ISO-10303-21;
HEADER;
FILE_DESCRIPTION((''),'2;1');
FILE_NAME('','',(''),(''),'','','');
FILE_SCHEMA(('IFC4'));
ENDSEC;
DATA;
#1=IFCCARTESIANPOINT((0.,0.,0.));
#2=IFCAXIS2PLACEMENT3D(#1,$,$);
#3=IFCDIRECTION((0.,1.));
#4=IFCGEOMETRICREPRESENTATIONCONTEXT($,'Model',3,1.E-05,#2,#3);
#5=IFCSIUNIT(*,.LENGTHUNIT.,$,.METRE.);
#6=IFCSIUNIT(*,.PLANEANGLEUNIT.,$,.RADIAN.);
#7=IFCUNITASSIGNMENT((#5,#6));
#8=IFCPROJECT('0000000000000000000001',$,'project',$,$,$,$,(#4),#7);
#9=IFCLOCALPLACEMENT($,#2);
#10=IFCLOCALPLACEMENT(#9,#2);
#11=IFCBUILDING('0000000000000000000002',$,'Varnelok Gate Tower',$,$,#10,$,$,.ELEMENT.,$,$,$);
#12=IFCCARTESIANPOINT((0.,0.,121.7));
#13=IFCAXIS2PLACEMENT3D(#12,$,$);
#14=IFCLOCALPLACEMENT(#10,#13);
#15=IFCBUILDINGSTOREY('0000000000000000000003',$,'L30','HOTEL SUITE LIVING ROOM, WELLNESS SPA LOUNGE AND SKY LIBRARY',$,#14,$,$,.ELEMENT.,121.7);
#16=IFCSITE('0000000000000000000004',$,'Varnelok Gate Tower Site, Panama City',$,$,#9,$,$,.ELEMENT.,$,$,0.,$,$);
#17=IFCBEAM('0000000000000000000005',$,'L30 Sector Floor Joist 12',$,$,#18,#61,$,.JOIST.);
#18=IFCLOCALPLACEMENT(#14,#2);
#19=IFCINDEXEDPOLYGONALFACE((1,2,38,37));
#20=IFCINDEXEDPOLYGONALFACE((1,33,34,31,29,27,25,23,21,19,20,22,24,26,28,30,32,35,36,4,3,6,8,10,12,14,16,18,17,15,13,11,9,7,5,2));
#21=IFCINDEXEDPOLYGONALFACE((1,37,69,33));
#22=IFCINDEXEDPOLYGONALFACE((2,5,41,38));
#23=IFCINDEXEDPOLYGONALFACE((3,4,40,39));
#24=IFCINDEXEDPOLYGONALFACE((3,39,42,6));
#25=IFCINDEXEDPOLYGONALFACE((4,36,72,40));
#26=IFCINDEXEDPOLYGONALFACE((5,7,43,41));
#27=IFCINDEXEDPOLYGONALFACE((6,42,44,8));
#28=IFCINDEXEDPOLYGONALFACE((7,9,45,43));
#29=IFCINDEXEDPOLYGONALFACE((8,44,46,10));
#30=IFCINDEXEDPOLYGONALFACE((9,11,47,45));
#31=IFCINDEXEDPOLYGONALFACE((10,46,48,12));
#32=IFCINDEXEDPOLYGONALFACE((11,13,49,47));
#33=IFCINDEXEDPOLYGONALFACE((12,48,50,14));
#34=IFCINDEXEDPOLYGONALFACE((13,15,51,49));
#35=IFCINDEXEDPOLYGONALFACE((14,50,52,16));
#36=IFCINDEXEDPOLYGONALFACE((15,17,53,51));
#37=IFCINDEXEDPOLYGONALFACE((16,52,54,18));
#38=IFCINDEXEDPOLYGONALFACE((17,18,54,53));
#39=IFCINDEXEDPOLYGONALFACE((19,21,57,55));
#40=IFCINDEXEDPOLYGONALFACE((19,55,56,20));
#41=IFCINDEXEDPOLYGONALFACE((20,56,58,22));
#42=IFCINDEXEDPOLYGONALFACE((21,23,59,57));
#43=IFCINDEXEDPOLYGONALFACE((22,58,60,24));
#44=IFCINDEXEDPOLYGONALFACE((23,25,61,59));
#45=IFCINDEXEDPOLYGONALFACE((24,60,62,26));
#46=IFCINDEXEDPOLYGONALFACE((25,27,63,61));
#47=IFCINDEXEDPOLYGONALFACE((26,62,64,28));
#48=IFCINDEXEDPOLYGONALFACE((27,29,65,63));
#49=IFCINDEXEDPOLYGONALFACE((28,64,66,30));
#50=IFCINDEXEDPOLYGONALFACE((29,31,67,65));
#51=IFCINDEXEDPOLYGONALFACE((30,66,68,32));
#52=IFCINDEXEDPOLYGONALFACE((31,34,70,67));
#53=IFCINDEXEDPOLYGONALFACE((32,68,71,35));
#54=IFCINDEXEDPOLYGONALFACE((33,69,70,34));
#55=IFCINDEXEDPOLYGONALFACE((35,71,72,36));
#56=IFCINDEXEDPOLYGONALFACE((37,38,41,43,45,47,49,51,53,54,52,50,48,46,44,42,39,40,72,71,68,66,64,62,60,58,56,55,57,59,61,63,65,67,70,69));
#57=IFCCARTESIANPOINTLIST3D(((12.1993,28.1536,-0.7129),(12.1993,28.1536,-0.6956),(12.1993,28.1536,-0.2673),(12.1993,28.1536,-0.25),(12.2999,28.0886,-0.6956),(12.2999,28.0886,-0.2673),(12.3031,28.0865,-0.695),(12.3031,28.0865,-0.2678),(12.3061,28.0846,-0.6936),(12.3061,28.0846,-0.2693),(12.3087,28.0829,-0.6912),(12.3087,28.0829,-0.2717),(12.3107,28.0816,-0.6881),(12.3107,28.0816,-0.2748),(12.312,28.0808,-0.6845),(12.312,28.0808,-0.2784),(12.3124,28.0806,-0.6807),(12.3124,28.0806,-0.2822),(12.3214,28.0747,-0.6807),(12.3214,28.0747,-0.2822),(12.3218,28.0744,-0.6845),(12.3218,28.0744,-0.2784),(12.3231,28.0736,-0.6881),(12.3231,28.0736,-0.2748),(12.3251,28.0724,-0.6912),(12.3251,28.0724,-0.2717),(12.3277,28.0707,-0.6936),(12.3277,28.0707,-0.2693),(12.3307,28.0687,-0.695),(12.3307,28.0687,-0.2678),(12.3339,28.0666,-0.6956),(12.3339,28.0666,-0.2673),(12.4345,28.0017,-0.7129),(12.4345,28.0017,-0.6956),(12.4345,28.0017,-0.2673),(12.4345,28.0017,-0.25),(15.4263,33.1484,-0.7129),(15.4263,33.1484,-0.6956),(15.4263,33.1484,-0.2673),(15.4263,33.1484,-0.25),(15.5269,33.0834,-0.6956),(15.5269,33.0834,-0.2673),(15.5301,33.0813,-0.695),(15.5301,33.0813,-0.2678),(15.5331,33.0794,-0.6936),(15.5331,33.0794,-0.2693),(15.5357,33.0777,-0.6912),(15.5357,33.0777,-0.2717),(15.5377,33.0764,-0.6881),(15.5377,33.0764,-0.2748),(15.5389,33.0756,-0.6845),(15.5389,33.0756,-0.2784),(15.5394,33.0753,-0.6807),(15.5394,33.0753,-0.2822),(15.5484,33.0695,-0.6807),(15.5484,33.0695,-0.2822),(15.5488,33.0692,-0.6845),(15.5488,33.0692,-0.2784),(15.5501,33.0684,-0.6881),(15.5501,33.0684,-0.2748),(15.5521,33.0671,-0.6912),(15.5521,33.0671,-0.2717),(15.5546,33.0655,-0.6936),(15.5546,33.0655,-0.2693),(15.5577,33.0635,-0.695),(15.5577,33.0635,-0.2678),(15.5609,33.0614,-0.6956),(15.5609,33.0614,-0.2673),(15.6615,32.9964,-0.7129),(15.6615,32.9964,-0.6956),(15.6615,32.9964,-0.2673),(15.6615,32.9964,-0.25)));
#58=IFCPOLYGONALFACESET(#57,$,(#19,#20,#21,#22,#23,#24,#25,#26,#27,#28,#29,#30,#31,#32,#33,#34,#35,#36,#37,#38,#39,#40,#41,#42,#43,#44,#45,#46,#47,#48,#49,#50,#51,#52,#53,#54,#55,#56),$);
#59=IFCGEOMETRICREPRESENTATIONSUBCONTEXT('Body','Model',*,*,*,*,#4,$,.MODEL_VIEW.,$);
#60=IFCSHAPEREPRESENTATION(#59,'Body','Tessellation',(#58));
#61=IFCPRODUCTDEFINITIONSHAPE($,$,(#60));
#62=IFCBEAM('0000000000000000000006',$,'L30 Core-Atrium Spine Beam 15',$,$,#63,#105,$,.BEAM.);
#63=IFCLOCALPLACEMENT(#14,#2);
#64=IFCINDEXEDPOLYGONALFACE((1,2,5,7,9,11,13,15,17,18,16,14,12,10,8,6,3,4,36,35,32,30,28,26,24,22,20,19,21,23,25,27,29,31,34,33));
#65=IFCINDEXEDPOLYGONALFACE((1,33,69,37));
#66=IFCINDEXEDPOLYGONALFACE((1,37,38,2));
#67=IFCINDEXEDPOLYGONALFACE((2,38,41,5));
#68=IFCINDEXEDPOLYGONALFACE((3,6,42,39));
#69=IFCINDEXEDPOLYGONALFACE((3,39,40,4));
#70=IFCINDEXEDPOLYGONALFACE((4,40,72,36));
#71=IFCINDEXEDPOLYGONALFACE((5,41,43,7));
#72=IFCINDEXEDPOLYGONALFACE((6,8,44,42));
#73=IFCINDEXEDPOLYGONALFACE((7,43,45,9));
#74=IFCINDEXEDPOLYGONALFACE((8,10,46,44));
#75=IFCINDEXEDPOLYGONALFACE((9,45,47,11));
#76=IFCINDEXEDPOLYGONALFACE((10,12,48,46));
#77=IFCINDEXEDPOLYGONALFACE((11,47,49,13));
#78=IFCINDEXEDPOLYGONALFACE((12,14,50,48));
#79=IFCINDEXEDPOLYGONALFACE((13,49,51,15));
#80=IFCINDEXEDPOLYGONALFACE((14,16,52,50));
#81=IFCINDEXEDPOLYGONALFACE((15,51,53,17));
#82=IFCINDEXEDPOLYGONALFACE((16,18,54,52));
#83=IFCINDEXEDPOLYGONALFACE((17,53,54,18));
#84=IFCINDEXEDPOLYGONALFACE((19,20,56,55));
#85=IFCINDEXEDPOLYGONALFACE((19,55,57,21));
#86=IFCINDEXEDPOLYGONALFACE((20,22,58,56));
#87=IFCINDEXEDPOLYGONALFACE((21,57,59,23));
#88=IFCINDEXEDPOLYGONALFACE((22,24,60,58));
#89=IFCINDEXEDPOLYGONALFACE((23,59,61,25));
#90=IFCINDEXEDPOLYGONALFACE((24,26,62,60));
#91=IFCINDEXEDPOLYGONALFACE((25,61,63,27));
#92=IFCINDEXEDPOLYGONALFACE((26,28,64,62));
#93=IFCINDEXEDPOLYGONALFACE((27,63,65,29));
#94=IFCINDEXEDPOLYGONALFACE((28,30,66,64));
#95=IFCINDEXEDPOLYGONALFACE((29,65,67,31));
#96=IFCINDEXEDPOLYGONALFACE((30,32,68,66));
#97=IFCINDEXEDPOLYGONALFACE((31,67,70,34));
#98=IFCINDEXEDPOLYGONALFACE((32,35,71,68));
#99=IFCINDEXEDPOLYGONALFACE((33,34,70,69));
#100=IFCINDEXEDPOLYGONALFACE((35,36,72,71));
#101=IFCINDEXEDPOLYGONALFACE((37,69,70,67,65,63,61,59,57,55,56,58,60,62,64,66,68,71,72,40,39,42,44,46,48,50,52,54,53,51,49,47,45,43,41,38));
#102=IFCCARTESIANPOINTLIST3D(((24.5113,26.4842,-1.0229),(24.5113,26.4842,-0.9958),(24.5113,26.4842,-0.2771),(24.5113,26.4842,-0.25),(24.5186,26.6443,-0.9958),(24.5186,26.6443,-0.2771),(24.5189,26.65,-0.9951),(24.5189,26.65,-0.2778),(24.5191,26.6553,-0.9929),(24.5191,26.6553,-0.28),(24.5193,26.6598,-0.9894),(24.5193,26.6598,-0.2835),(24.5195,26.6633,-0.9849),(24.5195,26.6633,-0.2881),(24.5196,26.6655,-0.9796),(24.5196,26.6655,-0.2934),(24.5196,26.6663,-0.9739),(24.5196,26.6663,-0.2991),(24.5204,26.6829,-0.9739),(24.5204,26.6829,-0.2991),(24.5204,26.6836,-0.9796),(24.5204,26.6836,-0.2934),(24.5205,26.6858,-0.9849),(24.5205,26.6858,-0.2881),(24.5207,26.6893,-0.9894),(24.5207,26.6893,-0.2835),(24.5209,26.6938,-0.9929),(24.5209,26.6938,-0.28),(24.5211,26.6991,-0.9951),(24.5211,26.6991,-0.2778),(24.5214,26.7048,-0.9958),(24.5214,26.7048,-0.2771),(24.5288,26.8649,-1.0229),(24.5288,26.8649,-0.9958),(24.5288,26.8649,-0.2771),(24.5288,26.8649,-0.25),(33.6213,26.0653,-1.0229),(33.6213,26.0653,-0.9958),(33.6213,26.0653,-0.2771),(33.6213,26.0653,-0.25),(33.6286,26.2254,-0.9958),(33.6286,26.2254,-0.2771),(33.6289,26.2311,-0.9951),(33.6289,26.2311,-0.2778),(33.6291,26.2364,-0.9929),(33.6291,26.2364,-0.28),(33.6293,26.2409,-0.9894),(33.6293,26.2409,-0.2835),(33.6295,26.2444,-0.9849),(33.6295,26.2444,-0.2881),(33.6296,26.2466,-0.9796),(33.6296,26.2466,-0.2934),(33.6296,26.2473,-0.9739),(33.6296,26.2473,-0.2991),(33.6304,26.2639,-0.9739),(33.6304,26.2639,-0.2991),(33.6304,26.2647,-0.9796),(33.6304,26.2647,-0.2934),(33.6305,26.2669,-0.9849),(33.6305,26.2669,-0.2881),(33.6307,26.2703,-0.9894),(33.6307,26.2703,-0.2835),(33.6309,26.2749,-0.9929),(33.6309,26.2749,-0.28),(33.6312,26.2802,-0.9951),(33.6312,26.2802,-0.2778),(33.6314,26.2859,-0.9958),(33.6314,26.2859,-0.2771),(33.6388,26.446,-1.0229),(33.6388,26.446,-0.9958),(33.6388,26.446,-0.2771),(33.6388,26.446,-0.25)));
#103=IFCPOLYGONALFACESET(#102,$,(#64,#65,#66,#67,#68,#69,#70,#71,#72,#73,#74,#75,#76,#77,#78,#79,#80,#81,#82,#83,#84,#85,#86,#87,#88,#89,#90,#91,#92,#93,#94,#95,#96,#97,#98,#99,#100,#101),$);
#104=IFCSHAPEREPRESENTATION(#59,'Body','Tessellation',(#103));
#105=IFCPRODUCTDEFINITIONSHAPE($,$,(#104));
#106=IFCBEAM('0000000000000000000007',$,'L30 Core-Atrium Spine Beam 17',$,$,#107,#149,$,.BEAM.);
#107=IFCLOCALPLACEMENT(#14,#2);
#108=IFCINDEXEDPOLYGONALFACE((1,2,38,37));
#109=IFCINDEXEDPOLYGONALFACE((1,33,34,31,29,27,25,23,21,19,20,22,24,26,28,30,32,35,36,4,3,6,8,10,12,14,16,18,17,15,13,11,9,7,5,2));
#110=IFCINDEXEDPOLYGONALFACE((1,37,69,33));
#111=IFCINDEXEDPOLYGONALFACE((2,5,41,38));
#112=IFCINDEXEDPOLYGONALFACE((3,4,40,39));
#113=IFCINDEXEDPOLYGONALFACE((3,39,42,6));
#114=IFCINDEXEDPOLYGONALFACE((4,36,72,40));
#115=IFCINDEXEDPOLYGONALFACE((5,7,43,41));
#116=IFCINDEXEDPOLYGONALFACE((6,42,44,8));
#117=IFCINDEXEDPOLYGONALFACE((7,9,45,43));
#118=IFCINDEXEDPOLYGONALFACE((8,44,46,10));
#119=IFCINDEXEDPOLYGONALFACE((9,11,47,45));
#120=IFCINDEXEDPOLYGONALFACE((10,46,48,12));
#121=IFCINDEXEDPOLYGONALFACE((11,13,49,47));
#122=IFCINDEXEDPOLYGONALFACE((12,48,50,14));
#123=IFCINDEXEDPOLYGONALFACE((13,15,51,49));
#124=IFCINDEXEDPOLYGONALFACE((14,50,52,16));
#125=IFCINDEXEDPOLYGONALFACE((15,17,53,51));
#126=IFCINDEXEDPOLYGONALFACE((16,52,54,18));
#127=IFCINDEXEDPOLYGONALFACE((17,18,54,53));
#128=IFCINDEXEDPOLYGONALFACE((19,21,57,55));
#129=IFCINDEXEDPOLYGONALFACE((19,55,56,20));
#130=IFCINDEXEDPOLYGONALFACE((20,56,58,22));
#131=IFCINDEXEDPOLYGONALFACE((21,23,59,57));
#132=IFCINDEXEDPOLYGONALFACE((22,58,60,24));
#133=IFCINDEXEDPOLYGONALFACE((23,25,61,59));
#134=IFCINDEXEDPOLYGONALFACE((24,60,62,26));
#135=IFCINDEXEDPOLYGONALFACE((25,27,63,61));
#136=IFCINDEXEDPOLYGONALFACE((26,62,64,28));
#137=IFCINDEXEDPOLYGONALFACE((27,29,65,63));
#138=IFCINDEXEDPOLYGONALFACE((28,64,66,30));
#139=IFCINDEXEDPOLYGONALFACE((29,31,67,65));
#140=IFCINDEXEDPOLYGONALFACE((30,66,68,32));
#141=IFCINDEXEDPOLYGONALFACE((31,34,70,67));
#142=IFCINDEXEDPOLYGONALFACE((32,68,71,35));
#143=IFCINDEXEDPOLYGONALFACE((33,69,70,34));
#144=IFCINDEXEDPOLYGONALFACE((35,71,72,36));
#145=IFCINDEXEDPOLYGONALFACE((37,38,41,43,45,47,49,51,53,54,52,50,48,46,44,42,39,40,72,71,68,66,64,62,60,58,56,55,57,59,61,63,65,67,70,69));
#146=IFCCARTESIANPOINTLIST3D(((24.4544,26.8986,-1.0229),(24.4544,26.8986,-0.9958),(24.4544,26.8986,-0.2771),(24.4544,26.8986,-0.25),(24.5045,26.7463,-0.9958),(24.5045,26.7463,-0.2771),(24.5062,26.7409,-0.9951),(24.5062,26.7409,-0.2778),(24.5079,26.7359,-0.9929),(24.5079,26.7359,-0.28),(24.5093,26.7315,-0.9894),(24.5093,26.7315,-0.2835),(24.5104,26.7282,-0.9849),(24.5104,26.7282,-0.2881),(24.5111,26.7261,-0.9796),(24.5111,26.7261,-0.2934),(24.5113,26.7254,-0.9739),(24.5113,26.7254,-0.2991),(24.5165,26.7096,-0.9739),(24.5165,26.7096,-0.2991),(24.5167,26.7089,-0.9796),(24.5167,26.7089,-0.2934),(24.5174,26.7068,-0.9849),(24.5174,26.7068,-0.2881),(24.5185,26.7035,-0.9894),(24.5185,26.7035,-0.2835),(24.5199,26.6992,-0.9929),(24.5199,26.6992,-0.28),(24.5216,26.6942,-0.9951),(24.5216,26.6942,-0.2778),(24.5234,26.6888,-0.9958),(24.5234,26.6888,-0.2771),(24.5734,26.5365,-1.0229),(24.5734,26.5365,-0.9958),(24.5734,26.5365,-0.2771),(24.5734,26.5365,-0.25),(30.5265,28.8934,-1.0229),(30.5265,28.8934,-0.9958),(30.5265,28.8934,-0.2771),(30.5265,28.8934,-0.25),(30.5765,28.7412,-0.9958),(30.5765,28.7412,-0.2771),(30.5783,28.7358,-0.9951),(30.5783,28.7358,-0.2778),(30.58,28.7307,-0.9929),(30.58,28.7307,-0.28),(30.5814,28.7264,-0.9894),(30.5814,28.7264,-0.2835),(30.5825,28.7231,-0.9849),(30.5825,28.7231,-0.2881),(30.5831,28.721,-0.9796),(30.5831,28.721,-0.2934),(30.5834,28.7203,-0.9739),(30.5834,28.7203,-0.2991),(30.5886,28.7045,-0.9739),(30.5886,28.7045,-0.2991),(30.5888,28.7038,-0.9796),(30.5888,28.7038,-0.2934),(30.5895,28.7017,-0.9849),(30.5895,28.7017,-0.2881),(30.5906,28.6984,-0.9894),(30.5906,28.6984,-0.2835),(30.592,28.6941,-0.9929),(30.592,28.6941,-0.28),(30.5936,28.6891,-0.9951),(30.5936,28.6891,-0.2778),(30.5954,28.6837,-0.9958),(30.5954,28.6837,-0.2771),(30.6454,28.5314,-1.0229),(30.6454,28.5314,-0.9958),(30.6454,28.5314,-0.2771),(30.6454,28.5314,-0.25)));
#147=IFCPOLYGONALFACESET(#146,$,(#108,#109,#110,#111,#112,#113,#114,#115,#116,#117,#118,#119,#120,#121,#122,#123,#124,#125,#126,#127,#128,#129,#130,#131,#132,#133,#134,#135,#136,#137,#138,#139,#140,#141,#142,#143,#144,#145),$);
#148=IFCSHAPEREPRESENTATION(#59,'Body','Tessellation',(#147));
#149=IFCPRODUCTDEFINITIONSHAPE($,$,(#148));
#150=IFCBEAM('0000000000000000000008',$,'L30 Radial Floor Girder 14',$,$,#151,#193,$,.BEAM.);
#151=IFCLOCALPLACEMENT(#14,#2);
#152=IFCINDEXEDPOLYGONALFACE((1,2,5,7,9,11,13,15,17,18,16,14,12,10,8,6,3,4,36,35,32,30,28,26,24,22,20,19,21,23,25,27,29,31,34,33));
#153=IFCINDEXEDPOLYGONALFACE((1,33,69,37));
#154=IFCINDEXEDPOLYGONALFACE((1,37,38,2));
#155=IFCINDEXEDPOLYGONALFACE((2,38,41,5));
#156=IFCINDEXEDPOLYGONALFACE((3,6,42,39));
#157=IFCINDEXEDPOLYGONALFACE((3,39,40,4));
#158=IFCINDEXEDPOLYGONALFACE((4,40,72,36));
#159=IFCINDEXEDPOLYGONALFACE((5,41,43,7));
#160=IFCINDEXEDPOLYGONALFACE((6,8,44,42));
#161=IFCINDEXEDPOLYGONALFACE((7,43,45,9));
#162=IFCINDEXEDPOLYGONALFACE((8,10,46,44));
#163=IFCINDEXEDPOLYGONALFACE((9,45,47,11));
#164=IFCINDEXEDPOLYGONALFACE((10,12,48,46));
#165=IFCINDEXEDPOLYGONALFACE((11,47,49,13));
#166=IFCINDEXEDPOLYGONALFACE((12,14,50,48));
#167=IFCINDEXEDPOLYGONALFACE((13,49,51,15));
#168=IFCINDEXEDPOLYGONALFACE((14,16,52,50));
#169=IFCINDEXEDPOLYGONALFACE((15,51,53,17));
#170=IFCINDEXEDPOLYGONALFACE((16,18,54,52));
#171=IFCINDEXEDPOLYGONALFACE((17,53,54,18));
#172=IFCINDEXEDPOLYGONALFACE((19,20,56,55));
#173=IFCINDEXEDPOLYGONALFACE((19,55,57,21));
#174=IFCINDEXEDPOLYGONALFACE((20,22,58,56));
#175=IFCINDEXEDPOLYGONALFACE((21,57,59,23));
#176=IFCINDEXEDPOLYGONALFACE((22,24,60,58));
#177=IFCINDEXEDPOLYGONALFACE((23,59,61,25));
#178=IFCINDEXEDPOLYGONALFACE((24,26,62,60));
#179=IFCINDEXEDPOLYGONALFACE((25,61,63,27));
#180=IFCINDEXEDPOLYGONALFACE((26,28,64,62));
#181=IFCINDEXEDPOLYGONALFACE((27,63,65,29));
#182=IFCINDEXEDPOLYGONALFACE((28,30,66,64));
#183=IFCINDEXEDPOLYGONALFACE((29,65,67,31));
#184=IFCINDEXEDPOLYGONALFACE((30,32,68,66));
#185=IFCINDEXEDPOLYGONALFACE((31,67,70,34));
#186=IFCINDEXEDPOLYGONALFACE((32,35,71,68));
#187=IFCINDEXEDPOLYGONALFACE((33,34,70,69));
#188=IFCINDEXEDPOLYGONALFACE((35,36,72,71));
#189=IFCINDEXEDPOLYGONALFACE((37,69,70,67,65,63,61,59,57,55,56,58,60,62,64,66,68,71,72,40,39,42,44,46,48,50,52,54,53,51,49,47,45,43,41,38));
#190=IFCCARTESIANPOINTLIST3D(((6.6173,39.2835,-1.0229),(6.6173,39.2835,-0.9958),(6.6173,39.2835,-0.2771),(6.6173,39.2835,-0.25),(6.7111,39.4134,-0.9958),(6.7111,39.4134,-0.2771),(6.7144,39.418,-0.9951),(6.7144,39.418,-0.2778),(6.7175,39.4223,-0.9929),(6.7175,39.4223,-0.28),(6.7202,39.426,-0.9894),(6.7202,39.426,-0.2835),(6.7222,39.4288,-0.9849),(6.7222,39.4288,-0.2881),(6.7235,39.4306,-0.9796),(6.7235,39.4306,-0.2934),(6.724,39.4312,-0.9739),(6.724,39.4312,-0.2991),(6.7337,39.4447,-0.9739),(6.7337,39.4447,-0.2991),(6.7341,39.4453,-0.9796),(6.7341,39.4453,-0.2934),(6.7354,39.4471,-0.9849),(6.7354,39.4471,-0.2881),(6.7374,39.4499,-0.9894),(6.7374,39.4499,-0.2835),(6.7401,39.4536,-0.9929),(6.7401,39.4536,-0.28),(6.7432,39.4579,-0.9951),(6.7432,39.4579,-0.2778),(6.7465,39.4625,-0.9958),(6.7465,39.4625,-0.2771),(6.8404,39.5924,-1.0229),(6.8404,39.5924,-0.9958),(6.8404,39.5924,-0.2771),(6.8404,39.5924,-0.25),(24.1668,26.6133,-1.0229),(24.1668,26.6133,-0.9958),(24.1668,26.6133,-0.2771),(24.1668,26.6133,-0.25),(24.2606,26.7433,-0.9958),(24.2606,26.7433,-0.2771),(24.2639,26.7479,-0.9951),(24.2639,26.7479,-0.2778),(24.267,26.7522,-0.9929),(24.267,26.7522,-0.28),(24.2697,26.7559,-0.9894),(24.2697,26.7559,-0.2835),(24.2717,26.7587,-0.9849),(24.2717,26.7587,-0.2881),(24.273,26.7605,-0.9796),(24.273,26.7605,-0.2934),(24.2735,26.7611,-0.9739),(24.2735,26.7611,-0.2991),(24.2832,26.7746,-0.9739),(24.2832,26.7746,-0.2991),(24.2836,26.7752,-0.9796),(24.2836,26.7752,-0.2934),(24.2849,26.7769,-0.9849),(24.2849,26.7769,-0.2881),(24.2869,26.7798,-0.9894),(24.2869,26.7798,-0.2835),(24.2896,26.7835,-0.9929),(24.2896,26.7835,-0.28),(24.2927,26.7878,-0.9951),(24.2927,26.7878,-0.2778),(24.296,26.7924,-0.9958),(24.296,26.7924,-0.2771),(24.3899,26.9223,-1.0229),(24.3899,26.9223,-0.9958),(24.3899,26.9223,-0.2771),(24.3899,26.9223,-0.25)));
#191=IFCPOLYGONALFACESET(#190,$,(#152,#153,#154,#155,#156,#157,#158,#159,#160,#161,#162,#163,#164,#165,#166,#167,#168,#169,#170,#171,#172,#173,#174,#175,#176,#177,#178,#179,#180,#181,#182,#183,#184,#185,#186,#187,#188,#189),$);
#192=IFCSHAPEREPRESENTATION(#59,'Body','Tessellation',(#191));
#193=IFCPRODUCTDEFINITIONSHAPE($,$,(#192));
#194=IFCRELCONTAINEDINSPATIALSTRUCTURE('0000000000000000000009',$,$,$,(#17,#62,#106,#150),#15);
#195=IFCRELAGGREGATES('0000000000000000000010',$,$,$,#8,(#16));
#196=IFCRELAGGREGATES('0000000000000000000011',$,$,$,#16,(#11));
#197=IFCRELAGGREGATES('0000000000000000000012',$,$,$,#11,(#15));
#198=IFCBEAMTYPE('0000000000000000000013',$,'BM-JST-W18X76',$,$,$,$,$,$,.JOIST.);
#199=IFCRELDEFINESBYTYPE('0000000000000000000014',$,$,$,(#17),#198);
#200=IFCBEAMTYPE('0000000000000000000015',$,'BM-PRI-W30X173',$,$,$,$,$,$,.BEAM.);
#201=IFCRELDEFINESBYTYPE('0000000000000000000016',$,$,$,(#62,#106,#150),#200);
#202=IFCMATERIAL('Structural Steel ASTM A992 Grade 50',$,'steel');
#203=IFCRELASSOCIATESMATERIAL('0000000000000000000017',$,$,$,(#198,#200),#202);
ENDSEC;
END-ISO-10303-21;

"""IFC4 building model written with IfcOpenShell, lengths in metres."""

from ifc_helpers import new_model, si_unit, direction, frame, origin, origin_2d, place, context, subcontext, project, spatial, i_section, extrude, material, material_profile, profile_set, type_object, element, save


model = new_model("IFC4")

# Units and contexts
model_context = context("Model", 3, precision=1e-05, world=origin(), true_north=direction((0.0, 1.0)))
body_context = subcontext(model_context, "Body", "Model", "MODEL_VIEW")
ifc_project = project(units=[si_unit("LENGTHUNIT", "METRE"), si_unit("PLANEANGLEUNIT", "RADIAN")], contexts=[model_context])

# Site, building, storey
site_placement = place(None, origin())
site = spatial("IfcSite", under=ifc_project, at=site_placement, Name="Varnelok Gate Tower Site, Panama City", CompositionType="ELEMENT", RefElevation=0.0)
building_placement = place(site_placement, origin())
building = spatial("IfcBuilding", under=site, at=building_placement, Name="Varnelok Gate Tower", CompositionType="ELEMENT")
storey_placement = place(building_placement, frame((0.0, 0.0, 121.7)))
storey = spatial("IfcBuildingStorey", under=building, at=storey_placement, Name="L30", Description="HOTEL SUITE LIVING ROOM, WELLNESS SPA LOUNGE AND SKY LIBRARY", CompositionType="ELEMENT", Elevation=121.7)

# Shared definitions
ifc_material_1 = material(Name="Structural Steel ASTM A992 Grade 50", Category="steel")

# Beams
ifc_material_profile_1 = material_profile(ifc_material_1, i_section(OverallWidth=0.28, OverallDepth=0.4629, WebThickness=0.0107, FlangeThickness=0.0173, FilletRadius=0.0149, at=origin_2d()), Name="W18X76")
ifc_profile_set_1 = profile_set([ifc_material_profile_1], Name="Structural Steel ASTM A992 Grade 50")
beam_type_1 = type_object("IfcBeamType", Name="BM-JST-W18X76", PredefinedType="JOIST", material=ifc_profile_set_1)
beam_1_placement = place(storey_placement, frame((12.3169, 28.0776, -0.4814), z_axis=(0.542667, 0.839948, 0.0), x_axis=(-0.839948, 0.542667, 0.0)))
element("IfcBeam", 1, at=beam_1_placement, inside=storey, type_object=beam_type_1, Name="L30 Sector Floor Joist 12", PredefinedType="JOIST", context=body_context, shape_type="SweptSolid", body=[
    extrude(i_section(OverallWidth=0.28, OverallDepth=0.4629, WebThickness=0.0107, FlangeThickness=0.0173, FilletRadius=0.0149, at=origin_2d()), origin(), (0.0, 0.0, 1.0), 5.9465),
])
ifc_material_profile_2 = material_profile(ifc_material_1, i_section(OverallWidth=0.3811, OverallDepth=0.7729, WebThickness=0.0166, FlangeThickness=0.0271, FilletRadius=0.022, at=origin_2d()), Name="W30X173")
ifc_profile_set_2 = profile_set([ifc_material_profile_2], Name="Structural Steel ASTM A992 Grade 50")
beam_type_2 = type_object("IfcBeamType", Name="BM-PRI-W30X173", PredefinedType="BEAM", material=ifc_profile_set_2)
beam_2_placement = place(storey_placement, frame((24.52, 26.6746, -0.6365), z_axis=(0.998944, -0.045938, 0.0), x_axis=(0.045938, 0.998944, 0.0)))
element("IfcBeam", 2, at=beam_2_placement, inside=storey, type_object=beam_type_2, Name="L30 Core-Atrium Spine Beam 15", PredefinedType="BEAM", context=body_context, shape_type="SweptSolid", body=[
    extrude(i_section(OverallWidth=0.3811, OverallDepth=0.7729, WebThickness=0.0166, FlangeThickness=0.0271, FilletRadius=0.022, at=origin_2d()), origin(), (0.0, 0.0, 1.0), 9.1196),
])
beam_3_placement = place(storey_placement, frame((24.5139, 26.7175, -0.6365), z_axis=(0.950042, 0.312122, 0.0), x_axis=(-0.312122, 0.950042, 0.0)))
element("IfcBeam", 3, at=beam_3_placement, inside=storey, type_object=beam_type_2, Name="L30 Core-Atrium Spine Beam 17", PredefinedType="BEAM", context=body_context, shape_type="SweptSolid", body=[
    extrude(i_section(OverallWidth=0.3811, OverallDepth=0.7729, WebThickness=0.0166, FlangeThickness=0.0271, FilletRadius=0.022, at=origin_2d()), origin(), (0.0, 0.0, 1.0), 6.3914),
])
beam_4_placement = place(storey_placement, frame((24.2783, 26.7678, -0.6365), z_axis=(-0.810778, 0.585353, 0.0), x_axis=(-0.585353, -0.810778, 0.0)))
element("IfcBeam", 4, at=beam_4_placement, inside=storey, type_object=beam_type_2, Name="L30 Radial Floor Girder 14", PredefinedType="BEAM", context=body_context, shape_type="SweptSolid", body=[
    extrude(i_section(OverallWidth=0.3811, OverallDepth=0.7729, WebThickness=0.0166, FlangeThickness=0.0271, FilletRadius=0.022, at=origin_2d()), origin(), (0.0, 0.0, 1.0), 21.6453),
])

save(model, "model.ifc")
